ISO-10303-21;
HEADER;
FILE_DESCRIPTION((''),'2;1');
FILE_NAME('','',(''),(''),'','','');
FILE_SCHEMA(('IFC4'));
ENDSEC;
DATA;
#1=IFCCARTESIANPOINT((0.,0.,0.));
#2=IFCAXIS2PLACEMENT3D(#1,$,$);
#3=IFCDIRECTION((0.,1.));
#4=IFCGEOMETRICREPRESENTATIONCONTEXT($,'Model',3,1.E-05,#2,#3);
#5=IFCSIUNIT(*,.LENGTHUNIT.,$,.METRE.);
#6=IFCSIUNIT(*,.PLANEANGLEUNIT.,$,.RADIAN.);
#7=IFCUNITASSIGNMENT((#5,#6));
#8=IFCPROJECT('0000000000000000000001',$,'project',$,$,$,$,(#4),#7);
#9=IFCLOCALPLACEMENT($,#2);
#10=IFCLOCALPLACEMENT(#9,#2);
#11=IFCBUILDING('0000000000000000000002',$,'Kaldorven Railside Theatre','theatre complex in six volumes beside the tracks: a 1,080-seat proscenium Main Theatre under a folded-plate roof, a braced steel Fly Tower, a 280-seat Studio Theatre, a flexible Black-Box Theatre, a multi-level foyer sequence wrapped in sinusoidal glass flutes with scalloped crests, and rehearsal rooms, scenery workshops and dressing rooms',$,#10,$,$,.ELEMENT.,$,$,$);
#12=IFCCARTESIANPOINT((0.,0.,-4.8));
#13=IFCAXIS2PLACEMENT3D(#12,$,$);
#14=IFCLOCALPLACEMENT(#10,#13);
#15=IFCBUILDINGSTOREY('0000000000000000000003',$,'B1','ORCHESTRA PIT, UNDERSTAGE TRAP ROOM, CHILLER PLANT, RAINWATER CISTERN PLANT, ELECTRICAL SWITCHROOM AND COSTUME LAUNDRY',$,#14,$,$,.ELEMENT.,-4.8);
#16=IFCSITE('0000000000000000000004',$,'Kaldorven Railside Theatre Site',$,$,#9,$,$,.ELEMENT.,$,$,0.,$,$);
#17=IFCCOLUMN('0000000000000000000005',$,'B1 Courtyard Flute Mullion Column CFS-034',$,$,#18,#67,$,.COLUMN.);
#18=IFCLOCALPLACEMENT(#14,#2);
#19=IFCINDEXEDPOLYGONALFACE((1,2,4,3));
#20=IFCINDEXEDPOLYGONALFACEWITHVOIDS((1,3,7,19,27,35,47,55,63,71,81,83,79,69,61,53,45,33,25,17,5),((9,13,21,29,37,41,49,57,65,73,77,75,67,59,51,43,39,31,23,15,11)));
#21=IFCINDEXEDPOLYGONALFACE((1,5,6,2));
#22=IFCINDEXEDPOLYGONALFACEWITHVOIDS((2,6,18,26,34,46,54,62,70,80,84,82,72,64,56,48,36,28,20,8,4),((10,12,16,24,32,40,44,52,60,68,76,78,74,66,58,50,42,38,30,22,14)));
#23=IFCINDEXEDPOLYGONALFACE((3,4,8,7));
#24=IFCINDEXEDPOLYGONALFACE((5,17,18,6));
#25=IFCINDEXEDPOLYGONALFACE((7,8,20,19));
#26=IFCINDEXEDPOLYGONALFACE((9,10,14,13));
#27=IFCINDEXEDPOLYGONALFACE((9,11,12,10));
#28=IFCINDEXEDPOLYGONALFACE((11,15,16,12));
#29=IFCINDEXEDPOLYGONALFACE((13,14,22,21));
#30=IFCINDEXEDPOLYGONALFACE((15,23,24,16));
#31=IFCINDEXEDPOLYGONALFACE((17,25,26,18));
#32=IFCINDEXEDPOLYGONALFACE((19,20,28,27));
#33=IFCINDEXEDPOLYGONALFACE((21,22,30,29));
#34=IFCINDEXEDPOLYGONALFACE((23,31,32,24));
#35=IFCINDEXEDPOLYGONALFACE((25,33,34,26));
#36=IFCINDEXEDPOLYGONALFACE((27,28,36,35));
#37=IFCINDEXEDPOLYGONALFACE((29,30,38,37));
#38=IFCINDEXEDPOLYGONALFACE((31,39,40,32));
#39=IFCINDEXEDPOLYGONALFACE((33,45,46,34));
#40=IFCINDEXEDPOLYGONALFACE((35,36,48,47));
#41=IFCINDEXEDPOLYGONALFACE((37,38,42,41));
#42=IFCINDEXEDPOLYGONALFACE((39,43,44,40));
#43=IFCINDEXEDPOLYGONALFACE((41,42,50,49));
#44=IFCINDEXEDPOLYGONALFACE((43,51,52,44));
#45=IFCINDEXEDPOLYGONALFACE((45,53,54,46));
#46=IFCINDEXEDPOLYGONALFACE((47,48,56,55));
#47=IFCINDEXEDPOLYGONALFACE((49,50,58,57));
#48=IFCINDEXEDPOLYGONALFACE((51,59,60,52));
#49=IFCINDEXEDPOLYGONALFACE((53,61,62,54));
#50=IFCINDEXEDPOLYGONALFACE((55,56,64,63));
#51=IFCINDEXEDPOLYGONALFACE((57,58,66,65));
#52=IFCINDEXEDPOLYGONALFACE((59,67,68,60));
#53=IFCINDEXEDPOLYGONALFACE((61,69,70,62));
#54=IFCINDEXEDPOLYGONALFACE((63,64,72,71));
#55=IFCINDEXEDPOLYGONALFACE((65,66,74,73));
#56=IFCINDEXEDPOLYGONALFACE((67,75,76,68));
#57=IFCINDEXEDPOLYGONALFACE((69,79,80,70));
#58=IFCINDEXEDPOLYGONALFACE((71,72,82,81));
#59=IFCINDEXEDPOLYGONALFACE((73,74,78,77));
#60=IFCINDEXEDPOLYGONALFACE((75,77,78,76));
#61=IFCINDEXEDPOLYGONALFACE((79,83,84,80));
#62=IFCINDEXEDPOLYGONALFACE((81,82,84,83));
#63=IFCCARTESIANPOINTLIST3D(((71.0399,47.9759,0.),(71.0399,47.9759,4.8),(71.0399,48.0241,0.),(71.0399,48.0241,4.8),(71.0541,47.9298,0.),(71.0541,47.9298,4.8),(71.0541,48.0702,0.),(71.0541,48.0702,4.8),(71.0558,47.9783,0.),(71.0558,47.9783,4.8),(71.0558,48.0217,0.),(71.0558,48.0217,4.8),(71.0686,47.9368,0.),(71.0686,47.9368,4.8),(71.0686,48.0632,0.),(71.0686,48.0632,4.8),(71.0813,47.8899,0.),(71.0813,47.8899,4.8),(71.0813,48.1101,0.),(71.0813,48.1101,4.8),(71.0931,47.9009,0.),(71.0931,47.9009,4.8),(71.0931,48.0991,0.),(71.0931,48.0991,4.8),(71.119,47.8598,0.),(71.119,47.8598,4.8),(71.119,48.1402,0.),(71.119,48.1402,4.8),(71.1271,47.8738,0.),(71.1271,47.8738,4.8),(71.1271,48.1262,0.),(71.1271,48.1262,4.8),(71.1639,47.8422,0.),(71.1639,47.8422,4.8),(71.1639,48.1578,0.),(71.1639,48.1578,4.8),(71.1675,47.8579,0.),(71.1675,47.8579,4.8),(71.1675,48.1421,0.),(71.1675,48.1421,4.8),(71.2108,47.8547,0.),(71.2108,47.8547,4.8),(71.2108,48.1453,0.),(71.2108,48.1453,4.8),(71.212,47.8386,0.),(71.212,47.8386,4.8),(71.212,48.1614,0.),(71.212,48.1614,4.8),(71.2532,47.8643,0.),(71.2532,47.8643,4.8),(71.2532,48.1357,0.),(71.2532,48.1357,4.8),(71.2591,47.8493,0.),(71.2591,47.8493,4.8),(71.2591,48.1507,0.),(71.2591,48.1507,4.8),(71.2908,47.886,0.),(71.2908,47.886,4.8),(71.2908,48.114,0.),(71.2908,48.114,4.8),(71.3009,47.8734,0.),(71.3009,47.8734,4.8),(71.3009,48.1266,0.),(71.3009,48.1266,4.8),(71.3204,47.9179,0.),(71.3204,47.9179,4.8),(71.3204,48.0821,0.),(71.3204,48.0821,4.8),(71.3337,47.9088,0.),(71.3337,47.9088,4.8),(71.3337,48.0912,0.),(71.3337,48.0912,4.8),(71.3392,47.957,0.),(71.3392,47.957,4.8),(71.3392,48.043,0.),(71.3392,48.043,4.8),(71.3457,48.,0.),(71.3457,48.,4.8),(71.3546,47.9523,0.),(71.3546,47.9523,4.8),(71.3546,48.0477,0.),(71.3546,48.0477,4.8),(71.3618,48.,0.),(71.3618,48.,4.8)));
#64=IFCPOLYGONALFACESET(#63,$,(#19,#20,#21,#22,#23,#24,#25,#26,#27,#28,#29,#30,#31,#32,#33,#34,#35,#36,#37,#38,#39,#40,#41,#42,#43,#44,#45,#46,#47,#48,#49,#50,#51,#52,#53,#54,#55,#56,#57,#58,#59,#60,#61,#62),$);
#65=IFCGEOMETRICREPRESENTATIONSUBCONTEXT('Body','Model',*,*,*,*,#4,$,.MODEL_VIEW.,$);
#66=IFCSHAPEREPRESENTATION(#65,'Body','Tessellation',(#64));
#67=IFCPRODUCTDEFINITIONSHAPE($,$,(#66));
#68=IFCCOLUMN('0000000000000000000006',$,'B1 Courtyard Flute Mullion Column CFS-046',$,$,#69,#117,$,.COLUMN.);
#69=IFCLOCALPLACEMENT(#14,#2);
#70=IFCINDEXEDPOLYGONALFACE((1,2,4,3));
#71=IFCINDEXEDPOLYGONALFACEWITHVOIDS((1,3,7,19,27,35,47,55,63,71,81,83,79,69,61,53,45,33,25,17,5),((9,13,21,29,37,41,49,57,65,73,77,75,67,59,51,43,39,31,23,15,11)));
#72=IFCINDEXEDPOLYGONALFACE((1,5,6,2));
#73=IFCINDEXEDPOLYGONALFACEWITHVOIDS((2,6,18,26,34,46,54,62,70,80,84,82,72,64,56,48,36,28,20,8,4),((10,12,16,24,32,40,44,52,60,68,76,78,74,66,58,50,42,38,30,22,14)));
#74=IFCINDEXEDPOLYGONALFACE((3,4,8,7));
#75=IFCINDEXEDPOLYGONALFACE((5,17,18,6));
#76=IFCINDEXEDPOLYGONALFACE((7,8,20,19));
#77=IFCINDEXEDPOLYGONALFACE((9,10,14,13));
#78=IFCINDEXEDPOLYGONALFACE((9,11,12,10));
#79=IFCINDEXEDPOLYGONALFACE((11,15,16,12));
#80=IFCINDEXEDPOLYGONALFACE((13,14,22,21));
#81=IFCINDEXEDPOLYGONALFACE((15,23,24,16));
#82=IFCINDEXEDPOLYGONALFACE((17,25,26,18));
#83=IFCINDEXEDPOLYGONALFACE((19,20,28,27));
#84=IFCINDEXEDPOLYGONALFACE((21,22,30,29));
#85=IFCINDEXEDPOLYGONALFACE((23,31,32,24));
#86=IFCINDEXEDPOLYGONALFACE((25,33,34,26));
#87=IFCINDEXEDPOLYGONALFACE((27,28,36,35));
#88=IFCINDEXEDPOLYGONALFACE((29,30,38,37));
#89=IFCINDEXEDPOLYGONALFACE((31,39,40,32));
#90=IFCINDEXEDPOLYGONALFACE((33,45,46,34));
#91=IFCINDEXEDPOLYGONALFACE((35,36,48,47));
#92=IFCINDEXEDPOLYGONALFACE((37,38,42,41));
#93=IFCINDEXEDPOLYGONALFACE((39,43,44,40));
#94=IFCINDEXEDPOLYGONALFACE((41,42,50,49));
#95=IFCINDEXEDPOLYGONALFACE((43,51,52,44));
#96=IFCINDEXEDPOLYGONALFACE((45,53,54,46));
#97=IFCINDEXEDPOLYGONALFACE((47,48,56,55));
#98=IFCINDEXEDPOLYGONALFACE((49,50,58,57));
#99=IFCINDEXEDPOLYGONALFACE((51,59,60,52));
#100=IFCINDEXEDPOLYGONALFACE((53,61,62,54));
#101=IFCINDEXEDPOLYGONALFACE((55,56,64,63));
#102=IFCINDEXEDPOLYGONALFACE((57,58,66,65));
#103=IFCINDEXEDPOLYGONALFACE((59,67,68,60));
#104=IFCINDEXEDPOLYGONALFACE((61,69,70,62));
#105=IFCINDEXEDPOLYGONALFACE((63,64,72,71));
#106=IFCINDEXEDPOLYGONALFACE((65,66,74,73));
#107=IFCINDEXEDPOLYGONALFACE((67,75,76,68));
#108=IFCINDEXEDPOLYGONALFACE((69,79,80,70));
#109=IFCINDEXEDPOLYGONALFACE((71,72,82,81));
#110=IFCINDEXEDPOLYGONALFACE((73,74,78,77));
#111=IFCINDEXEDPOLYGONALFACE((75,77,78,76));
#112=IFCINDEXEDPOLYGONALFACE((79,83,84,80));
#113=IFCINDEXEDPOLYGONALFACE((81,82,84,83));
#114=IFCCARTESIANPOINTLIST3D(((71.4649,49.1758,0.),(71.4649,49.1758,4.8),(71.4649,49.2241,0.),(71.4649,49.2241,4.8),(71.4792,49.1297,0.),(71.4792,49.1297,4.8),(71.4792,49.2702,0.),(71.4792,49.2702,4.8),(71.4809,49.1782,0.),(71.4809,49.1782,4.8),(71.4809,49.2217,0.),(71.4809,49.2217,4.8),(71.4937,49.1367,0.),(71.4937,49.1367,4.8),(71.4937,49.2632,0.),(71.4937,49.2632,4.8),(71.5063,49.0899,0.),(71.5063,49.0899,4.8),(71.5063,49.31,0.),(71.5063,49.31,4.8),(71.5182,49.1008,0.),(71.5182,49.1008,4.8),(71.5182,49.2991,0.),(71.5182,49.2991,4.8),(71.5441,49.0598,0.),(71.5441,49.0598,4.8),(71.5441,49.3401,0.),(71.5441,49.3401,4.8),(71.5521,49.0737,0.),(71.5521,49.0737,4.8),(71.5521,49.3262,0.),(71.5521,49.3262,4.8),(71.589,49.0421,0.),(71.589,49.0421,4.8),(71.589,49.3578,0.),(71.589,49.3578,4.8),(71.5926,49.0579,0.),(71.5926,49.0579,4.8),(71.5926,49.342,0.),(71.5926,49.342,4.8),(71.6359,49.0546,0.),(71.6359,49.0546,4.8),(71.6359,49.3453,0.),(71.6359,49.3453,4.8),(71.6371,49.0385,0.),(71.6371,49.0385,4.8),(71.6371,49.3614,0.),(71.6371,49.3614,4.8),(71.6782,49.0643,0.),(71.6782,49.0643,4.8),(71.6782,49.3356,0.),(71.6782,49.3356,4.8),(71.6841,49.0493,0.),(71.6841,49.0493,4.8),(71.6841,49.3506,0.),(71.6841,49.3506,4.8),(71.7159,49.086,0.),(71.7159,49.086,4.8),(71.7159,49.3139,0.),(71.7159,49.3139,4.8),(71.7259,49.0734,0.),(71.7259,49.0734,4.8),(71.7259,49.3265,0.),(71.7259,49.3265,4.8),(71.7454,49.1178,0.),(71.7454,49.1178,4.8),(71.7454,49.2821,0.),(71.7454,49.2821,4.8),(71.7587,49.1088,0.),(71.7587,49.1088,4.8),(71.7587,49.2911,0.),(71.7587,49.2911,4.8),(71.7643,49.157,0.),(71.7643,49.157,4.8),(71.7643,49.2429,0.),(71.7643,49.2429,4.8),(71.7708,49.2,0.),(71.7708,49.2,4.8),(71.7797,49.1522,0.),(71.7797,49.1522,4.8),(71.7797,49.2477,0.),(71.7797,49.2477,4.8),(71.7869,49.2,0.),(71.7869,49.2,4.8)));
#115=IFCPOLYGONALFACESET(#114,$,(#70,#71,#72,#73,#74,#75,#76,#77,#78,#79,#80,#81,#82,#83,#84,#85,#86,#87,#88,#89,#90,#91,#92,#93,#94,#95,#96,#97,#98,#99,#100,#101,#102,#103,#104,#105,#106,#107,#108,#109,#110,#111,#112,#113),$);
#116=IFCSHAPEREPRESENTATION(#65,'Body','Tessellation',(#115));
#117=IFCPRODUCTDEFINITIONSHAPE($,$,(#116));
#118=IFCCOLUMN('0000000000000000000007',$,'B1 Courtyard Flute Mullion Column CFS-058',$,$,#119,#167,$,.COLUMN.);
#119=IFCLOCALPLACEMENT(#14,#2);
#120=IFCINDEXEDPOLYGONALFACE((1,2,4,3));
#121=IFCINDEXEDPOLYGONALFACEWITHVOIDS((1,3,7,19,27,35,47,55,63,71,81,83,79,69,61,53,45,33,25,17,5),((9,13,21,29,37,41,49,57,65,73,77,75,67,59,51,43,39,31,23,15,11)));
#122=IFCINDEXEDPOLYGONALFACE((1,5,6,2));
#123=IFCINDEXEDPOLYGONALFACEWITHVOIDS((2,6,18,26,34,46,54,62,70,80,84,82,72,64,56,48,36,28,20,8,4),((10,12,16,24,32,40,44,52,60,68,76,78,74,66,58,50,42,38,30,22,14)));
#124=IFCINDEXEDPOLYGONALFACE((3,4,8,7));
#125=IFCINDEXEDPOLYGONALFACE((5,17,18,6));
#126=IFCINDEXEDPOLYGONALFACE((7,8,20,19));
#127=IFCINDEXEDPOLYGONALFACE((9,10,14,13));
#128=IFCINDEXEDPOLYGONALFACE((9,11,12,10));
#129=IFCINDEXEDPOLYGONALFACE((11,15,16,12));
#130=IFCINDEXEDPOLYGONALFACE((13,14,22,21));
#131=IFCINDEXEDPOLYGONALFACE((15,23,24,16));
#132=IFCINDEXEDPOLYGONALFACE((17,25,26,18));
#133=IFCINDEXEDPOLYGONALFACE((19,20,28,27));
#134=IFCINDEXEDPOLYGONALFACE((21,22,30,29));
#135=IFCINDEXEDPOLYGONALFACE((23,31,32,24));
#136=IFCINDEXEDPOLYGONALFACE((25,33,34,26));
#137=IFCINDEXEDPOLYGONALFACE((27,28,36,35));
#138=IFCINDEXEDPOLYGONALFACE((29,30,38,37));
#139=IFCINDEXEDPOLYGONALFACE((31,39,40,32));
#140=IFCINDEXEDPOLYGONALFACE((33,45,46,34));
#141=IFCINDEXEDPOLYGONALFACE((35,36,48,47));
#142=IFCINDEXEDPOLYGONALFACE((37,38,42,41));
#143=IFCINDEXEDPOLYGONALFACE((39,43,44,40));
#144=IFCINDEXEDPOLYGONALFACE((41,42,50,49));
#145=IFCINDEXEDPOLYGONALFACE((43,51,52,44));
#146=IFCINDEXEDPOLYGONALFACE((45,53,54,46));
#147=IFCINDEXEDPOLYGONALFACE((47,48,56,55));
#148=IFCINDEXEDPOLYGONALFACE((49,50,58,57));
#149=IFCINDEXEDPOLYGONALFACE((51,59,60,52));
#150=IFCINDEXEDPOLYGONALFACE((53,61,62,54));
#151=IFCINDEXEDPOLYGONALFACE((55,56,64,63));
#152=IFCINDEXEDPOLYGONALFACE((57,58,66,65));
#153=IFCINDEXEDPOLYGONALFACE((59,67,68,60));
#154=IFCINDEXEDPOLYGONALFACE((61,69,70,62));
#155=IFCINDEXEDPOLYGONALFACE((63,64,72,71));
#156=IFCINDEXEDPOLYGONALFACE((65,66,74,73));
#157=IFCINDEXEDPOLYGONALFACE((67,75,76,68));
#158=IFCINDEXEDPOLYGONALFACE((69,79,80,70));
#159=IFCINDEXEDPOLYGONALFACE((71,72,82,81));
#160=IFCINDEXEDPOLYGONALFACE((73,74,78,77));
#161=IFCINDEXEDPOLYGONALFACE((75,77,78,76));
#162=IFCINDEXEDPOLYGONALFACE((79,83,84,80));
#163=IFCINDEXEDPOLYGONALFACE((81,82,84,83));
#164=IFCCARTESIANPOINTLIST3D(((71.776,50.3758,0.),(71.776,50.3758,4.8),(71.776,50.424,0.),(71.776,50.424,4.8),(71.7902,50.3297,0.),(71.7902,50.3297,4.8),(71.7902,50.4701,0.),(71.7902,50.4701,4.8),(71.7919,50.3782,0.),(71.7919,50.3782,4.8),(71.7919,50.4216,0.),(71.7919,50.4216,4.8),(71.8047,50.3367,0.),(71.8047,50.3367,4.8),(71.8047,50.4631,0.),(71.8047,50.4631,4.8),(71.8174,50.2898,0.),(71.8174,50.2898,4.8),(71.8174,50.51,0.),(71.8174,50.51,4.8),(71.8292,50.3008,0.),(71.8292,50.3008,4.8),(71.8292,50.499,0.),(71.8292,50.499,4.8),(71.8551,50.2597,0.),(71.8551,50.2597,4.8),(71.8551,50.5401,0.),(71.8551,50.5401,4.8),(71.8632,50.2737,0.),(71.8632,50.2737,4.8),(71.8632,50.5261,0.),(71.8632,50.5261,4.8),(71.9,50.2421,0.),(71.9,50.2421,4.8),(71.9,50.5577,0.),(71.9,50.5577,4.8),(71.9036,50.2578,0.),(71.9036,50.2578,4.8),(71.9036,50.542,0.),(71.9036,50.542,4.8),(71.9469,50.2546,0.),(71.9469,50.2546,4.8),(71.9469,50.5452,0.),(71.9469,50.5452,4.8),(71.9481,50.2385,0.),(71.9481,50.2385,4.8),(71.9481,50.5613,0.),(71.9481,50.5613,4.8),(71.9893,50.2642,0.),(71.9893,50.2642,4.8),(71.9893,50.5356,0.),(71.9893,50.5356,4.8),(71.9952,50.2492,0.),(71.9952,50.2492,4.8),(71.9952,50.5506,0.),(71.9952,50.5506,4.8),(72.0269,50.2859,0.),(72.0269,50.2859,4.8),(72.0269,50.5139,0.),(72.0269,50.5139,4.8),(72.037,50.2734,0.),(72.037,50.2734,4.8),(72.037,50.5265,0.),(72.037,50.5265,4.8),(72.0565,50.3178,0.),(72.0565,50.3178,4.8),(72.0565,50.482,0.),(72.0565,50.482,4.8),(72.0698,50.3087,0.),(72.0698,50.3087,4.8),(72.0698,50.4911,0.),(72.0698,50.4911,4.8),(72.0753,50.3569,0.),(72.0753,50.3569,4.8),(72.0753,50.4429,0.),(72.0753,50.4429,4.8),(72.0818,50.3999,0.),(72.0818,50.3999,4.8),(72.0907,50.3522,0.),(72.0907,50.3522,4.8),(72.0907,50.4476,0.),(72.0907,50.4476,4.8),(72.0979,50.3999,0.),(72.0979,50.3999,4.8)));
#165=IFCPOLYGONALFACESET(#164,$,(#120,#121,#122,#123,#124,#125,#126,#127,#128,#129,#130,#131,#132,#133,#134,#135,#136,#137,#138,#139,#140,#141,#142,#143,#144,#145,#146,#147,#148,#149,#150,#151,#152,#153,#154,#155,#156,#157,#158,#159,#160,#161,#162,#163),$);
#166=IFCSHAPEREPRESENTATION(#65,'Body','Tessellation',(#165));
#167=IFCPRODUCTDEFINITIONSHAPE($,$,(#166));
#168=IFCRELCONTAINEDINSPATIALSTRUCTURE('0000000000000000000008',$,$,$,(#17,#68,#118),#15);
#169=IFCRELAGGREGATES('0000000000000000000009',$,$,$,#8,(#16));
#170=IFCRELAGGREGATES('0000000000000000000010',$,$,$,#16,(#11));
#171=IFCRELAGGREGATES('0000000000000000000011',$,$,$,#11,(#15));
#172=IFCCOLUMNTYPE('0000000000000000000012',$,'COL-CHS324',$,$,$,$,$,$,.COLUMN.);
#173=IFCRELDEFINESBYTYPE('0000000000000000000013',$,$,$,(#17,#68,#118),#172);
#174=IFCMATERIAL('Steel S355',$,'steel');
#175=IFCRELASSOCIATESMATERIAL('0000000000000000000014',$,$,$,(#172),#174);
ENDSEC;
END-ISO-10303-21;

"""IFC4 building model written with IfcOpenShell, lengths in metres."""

from ifc_helpers import new_model, si_unit, direction, frame, origin, origin_2d, place, context, subcontext, project, spatial, hollow_circle, extrude, material, material_profile, profile_set, type_object, element, save


model = new_model("IFC4")

# Units and contexts
model_context = context("Model", 3, precision=1e-05, world=origin(), true_north=direction((0.0, 1.0)))
body_context = subcontext(model_context, "Body", "Model", "MODEL_VIEW")
ifc_project = project(units=[si_unit("LENGTHUNIT", "METRE"), si_unit("PLANEANGLEUNIT", "RADIAN")], contexts=[model_context])

# Site, building, storey
site_placement = place(None, origin())
site = spatial("IfcSite", under=ifc_project, at=site_placement, Name="Kaldorven Railside Theatre Site", CompositionType="ELEMENT", RefElevation=0.0)
building_placement = place(site_placement, origin())
building = spatial("IfcBuilding", under=site, at=building_placement, Name="Kaldorven Railside Theatre", Description="theatre complex in six volumes beside the tracks: a 1,080-seat proscenium Main Theatre under a folded-plate roof, a braced steel Fly Tower, a 280-seat Studio Theatre, a flexible Black-Box Theatre, a multi-level foyer sequence wrapped in sinusoidal glass flutes with scalloped crests, and rehearsal rooms, scenery workshops and dressing rooms", CompositionType="ELEMENT")
storey_placement = place(building_placement, frame((0.0, 0.0, -4.8)))
storey = spatial("IfcBuildingStorey", under=building, at=storey_placement, Name="B1", Description="ORCHESTRA PIT, UNDERSTAGE TRAP ROOM, CHILLER PLANT, RAINWATER CISTERN PLANT, ELECTRICAL SWITCHROOM AND COSTUME LAUNDRY", CompositionType="ELEMENT", Elevation=-4.8)

# Columns
ifc_material_1 = material(Name="Steel S355", Category="steel")
ifc_material_profile_1 = material_profile(ifc_material_1, hollow_circle(Radius=0.1619, WallThickness=0.0161, at=origin_2d()), Name="CHS 323.9x16")
ifc_profile_set_1 = profile_set([ifc_material_profile_1], Name="Steel S355")
column_type_1 = type_object("IfcColumnType", Name="COL-CHS324", PredefinedType="COLUMN", material=ifc_profile_set_1)
for number, where, z_axis, x_axis, name in (
    (1, (71.2, 48.0, 0.0), (0.0, 0.0, 1.0), (1.0, 0.0, 0.0), "B1 Courtyard Flute Mullion Column CFS-034"),
    (2, (71.625, 49.2, 0.0), (0.0, 0.0, 1.0), (1.0, 0.0, 0.0), "B1 Courtyard Flute Mullion Column CFS-046"),
    (3, (71.936, 50.3999, 0.0), (0.0, 0.0, 1.0), (1.0, 0.0, 0.0), "B1 Courtyard Flute Mullion Column CFS-058"),
):
    element("IfcColumn", number, at=place(storey_placement, frame(where, z_axis=z_axis, x_axis=x_axis)), inside=storey, type_object=column_type_1, Name=name, PredefinedType="COLUMN", context=body_context, shape_type="SweptSolid", body=[
        extrude(hollow_circle(Radius=0.1619, WallThickness=0.0161, at=origin_2d()), origin(), (0.0, 0.0, 1.0), 4.8),
    ])

save(model, "model.ifc")
